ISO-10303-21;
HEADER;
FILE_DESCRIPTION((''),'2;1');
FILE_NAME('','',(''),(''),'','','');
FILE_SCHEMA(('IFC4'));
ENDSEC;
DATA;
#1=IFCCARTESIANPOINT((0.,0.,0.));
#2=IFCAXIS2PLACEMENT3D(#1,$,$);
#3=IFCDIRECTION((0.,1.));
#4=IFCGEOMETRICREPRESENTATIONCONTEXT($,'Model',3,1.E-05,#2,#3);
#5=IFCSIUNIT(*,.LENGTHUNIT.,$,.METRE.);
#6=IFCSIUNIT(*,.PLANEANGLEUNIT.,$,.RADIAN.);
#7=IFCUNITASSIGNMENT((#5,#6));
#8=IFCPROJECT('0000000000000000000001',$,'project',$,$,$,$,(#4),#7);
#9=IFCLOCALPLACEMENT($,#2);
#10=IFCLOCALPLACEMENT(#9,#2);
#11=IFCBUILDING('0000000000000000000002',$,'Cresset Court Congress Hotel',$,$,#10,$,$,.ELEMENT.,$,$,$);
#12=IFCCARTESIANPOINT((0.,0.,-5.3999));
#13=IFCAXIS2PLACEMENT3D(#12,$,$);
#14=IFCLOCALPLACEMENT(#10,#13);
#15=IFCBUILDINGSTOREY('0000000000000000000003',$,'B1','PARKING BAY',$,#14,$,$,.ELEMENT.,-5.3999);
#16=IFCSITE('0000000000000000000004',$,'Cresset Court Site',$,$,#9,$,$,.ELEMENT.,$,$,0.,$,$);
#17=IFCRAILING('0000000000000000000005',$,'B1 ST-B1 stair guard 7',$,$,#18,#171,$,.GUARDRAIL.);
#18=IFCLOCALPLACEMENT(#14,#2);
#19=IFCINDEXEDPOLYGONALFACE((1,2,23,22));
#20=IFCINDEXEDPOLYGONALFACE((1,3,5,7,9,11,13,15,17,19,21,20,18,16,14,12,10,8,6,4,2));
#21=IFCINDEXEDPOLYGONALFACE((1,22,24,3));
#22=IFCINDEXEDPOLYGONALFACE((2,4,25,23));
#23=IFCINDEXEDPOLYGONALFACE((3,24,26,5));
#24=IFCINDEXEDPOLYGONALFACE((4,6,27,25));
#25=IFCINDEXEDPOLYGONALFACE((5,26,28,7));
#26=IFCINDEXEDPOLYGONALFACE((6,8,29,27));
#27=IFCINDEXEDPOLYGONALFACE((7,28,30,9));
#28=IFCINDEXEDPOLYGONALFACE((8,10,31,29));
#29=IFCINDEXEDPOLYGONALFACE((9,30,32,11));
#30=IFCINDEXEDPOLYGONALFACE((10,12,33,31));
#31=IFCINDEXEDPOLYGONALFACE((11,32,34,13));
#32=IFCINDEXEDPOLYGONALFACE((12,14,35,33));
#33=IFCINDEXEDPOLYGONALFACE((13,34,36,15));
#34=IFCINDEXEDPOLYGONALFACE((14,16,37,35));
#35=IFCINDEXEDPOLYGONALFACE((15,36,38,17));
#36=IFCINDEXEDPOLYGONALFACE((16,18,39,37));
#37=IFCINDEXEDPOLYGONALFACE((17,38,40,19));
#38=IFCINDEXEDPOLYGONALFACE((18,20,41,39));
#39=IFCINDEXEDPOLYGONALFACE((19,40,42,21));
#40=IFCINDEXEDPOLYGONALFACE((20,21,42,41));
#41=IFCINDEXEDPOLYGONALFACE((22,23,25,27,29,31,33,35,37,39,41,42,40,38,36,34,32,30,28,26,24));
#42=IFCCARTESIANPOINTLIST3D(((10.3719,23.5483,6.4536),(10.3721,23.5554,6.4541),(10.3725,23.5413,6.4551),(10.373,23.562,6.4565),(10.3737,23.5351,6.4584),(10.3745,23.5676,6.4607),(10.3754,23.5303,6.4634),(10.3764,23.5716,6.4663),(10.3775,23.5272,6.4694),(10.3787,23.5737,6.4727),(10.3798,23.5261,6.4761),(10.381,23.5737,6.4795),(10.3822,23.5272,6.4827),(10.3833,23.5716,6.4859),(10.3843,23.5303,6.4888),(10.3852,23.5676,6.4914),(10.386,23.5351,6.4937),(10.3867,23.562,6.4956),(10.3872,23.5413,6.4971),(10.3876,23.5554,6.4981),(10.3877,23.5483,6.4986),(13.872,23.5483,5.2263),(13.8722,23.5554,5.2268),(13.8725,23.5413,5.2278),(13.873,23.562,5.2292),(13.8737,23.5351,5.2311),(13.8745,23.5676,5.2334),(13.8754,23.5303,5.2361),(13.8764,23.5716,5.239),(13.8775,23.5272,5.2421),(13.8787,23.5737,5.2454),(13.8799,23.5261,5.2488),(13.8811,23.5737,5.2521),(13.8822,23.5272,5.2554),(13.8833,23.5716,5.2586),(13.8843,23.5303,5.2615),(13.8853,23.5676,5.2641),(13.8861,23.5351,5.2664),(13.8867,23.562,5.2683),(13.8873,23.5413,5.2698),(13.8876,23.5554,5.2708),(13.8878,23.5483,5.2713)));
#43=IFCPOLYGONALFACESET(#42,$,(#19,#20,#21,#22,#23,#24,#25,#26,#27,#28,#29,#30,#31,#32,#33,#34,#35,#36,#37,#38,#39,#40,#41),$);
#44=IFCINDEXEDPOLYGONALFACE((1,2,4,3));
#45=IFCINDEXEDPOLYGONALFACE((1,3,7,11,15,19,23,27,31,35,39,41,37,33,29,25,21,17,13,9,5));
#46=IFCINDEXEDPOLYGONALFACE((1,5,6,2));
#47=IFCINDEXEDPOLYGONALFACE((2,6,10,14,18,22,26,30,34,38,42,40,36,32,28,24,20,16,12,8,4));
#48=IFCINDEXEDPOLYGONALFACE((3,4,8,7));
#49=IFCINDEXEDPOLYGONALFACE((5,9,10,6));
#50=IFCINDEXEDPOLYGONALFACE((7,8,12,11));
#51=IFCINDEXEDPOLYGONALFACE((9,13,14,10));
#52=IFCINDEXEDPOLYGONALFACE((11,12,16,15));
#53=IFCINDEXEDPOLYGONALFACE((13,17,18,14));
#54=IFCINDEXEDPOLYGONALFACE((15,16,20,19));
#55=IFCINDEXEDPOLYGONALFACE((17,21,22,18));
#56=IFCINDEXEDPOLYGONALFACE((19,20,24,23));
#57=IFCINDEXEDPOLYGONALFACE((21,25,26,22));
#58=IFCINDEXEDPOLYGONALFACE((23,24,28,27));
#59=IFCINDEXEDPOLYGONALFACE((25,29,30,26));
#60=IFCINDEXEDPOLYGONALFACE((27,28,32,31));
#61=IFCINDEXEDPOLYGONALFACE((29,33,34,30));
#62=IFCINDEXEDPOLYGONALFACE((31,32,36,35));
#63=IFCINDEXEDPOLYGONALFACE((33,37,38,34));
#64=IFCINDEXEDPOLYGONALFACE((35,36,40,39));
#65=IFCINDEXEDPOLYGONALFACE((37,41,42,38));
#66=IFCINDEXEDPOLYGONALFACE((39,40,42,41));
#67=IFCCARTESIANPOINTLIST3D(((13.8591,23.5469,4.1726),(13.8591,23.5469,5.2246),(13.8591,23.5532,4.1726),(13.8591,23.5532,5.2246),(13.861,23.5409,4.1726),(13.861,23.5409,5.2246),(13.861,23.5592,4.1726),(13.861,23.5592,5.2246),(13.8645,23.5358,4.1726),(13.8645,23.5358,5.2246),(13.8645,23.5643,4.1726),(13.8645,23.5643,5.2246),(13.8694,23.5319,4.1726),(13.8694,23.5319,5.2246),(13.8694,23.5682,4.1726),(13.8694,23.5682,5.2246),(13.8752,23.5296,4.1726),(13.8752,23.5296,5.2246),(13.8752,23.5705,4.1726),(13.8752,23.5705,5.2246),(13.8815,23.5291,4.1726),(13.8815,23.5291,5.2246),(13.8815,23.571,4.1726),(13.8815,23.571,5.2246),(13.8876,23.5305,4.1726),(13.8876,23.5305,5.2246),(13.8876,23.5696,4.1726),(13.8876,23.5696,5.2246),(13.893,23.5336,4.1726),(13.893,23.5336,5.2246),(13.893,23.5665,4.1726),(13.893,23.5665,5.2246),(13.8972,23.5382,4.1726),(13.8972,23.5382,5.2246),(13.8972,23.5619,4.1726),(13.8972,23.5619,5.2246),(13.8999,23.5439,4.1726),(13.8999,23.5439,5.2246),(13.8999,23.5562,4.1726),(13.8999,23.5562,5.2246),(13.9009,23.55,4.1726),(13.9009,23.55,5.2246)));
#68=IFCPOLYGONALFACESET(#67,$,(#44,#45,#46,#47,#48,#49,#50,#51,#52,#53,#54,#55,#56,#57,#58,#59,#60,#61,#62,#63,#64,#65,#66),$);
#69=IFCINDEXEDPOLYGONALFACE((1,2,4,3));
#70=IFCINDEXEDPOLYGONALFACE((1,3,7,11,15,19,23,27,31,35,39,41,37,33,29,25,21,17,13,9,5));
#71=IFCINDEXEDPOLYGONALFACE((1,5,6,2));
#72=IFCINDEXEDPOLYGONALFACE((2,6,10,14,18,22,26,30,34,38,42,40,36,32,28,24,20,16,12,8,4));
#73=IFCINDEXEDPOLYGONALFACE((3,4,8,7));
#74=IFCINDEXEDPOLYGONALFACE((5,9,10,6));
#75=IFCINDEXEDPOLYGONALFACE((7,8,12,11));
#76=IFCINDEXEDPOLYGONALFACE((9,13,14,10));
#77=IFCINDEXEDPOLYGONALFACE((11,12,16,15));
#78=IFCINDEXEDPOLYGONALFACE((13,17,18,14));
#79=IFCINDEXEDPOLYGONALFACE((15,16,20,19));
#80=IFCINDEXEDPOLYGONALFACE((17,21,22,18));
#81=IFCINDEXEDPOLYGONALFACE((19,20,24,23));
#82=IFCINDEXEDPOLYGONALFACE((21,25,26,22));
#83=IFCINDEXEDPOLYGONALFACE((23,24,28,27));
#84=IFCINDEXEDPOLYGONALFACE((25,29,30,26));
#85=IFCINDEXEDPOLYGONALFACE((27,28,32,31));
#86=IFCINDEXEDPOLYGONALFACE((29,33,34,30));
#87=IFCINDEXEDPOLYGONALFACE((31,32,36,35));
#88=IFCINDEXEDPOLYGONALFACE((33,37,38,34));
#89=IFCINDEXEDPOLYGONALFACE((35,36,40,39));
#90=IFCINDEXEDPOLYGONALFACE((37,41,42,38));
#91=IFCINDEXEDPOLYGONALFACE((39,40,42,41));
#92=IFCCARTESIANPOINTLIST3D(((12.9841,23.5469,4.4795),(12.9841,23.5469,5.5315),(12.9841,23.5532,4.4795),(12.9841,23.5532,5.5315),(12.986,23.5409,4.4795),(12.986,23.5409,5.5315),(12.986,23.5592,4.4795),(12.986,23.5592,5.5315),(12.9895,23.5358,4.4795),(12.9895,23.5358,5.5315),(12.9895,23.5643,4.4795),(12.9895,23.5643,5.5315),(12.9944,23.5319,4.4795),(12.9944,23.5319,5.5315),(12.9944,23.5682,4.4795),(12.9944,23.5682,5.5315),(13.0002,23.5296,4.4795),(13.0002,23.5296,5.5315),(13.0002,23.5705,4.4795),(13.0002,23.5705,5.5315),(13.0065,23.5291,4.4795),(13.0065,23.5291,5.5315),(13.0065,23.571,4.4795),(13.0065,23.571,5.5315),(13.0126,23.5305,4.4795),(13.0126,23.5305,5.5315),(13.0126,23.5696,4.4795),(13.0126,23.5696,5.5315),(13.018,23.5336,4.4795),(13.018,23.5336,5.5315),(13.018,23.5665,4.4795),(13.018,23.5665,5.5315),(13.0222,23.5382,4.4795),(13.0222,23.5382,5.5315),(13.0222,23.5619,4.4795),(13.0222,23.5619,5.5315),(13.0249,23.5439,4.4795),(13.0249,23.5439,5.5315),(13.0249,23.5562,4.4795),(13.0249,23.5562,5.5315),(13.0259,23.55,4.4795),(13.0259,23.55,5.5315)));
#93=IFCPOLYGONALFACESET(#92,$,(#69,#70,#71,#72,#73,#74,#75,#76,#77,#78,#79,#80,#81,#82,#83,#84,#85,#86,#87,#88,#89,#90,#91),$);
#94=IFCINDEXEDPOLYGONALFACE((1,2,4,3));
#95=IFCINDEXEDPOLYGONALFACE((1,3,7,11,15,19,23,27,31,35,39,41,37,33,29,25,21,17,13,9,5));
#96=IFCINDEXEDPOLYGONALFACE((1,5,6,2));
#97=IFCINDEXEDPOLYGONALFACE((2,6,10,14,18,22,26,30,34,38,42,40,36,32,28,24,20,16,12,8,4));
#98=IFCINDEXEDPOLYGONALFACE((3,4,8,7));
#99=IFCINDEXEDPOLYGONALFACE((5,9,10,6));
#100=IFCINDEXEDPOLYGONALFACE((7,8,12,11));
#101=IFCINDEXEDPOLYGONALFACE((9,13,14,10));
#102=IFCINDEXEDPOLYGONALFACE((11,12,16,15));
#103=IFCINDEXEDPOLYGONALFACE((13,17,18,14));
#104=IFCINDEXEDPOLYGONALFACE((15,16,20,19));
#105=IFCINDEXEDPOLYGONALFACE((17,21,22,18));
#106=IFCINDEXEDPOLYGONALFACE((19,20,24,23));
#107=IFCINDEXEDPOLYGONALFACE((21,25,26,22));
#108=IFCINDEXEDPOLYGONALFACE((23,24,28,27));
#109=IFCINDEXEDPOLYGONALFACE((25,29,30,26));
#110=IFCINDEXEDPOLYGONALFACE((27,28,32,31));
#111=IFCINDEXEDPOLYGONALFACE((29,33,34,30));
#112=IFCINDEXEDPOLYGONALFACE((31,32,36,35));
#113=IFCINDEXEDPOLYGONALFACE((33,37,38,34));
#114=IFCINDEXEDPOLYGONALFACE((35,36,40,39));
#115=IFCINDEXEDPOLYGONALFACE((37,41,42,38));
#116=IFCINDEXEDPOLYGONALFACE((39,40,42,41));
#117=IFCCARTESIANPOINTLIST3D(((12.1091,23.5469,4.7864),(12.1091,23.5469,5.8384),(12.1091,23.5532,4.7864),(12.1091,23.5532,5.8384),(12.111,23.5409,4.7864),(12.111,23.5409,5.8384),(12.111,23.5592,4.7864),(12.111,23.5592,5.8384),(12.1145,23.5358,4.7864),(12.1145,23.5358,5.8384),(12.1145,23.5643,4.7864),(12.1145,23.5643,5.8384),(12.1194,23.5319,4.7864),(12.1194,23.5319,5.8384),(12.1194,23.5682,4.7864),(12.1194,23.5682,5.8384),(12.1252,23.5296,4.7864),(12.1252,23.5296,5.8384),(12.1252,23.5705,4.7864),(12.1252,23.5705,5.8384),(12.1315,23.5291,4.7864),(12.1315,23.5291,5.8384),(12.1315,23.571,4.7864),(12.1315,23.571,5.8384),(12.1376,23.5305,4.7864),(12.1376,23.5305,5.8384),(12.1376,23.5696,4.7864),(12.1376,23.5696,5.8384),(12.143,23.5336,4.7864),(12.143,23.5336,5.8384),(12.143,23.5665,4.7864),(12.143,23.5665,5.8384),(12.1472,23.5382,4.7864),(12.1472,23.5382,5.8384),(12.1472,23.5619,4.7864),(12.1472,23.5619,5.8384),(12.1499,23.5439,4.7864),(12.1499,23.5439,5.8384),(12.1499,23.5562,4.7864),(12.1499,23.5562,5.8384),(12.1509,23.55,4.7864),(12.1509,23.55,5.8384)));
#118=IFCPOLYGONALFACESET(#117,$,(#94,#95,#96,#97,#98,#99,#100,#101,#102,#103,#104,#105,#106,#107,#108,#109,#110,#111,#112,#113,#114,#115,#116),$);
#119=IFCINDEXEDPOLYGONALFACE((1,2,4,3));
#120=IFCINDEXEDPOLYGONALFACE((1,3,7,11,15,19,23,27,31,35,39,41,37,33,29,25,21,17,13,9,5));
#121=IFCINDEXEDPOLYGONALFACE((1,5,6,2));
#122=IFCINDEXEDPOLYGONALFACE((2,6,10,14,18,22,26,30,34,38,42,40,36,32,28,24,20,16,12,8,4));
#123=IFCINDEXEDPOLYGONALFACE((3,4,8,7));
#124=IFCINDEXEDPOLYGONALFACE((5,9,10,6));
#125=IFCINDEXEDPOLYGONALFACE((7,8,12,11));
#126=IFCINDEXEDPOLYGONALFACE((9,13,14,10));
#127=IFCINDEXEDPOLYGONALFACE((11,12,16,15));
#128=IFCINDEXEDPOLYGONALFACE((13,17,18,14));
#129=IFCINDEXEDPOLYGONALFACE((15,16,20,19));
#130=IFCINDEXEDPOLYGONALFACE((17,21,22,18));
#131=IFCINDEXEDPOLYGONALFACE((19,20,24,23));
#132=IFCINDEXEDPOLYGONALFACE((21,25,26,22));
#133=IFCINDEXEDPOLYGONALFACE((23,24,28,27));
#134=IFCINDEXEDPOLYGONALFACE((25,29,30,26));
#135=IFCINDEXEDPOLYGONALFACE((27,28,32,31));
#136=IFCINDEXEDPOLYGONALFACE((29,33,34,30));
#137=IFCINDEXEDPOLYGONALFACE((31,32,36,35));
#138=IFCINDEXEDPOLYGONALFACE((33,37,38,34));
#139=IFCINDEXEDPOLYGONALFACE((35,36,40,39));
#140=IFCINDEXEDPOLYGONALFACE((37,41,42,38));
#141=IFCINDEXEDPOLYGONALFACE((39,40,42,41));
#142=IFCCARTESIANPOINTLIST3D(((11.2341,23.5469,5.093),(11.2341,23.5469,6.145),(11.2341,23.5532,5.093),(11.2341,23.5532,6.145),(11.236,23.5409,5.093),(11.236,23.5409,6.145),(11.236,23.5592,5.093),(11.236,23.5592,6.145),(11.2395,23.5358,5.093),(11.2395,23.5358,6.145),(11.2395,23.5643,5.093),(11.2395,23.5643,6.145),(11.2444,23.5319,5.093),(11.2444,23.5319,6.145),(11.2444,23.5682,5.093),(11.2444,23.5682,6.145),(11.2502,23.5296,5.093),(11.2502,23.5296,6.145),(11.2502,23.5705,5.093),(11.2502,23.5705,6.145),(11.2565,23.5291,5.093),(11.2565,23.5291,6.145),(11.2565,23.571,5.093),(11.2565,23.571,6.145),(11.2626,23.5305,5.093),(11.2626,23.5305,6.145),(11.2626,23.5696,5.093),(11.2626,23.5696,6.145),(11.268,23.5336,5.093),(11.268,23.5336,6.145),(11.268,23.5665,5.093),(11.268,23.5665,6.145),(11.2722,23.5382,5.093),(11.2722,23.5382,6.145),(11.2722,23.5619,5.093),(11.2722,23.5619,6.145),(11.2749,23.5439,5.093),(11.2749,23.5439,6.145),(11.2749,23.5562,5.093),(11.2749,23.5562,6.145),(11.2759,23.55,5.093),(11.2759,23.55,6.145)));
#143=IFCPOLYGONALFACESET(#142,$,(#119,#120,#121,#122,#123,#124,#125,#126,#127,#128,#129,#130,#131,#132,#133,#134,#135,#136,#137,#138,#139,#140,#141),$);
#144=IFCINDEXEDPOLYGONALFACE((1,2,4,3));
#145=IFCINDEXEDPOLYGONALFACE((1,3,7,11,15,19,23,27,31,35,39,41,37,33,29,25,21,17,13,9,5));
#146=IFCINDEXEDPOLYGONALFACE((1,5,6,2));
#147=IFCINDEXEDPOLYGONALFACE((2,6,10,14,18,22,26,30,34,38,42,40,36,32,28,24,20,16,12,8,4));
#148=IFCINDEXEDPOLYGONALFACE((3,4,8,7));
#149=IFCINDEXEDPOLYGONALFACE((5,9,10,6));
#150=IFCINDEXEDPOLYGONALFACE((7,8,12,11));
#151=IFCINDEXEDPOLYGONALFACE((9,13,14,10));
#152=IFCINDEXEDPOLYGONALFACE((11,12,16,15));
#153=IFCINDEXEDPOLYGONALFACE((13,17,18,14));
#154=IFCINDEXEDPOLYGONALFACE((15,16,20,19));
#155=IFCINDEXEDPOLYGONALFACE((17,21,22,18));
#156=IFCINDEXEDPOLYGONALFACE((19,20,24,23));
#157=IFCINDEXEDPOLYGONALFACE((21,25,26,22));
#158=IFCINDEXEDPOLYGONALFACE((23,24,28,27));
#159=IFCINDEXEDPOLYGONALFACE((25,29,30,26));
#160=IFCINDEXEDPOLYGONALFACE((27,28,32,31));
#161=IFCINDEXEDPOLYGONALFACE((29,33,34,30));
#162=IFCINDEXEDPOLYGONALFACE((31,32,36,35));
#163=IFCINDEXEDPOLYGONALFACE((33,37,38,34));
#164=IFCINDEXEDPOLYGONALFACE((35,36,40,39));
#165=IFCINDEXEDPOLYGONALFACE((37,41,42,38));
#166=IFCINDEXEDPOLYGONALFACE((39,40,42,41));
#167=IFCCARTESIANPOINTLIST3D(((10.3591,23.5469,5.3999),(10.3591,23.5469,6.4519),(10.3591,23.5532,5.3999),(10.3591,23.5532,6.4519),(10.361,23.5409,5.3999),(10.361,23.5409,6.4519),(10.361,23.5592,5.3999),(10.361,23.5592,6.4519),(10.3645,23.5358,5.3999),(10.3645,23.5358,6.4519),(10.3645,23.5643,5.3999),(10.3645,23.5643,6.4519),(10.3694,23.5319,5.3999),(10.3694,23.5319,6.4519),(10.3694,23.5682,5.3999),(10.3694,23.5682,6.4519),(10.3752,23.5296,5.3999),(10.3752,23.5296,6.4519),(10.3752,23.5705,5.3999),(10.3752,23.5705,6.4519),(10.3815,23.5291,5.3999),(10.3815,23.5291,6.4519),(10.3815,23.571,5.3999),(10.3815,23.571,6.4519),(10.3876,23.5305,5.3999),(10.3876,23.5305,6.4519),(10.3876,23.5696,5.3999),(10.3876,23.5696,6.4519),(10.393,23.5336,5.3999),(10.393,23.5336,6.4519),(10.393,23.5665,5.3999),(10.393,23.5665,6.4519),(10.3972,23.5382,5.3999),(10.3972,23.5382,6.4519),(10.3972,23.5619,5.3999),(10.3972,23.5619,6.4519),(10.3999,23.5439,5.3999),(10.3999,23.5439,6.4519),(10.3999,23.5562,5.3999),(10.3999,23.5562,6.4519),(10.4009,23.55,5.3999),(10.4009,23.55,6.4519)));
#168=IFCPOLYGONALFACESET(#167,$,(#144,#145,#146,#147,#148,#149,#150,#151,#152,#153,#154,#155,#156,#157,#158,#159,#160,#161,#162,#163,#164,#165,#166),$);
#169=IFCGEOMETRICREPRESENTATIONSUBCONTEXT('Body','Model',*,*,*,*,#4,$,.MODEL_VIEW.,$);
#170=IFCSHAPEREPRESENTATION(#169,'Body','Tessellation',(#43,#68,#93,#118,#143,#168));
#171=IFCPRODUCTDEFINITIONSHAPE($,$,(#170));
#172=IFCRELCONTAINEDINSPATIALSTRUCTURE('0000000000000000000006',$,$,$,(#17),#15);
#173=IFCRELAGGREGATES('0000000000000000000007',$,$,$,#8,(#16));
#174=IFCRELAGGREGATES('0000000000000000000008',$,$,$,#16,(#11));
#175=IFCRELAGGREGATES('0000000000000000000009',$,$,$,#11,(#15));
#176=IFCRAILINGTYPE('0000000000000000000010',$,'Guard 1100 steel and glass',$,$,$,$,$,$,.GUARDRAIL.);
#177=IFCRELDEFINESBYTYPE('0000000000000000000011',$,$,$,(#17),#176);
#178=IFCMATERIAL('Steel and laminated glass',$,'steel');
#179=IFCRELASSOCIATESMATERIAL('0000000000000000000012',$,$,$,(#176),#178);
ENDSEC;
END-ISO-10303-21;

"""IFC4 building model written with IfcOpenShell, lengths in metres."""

from ifc_helpers import new_model, si_unit, direction, frame, origin, origin_2d, place, context, subcontext, project, spatial, circle, extrude, material, type_object, element, save


model = new_model("IFC4")

# Units and contexts
model_context = context("Model", 3, precision=1e-05, world=origin(), true_north=direction((0.0, 1.0)))
body_context = subcontext(model_context, "Body", "Model", "MODEL_VIEW")
ifc_project = project(units=[si_unit("LENGTHUNIT", "METRE"), si_unit("PLANEANGLEUNIT", "RADIAN")], contexts=[model_context])

# Site, building, storey
site_placement = place(None, origin())
site = spatial("IfcSite", under=ifc_project, at=site_placement, Name="Cresset Court Site", CompositionType="ELEMENT", RefElevation=0.0)
building_placement = place(site_placement, origin())
building = spatial("IfcBuilding", under=site, at=building_placement, Name="Cresset Court Congress Hotel", CompositionType="ELEMENT")
storey_placement = place(building_placement, frame((0.0, 0.0, -5.3999)))
storey = spatial("IfcBuildingStorey", under=building, at=storey_placement, Name="B1", Description="PARKING BAY", CompositionType="ELEMENT", Elevation=-5.3999)

# Railing
ifc_material_1 = material(Name="Steel and laminated glass", Category="steel")
railing_type_1 = type_object("IfcRailingType", Name="Guard 1100 steel and glass", PredefinedType="GUARDRAIL", material=ifc_material_1)
railing_1_placement = place(storey_placement, frame((13.8799, 23.55, 4.1726)))
element("IfcRailing", 1, at=railing_1_placement, inside=storey, type_object=railing_type_1, Name="B1 ST-B1 stair guard 7", PredefinedType="GUARDRAIL", context=body_context, shape_type="SweptSolid", body=[
    extrude(circle(Radius=0.0239, at=origin_2d()), frame((0.0, 0.0, 1.0762), z_axis=(-0.943665, 0.0, 0.330902), x_axis=(0.0, -1.0, 0.0)), (0.0, 0.0, 1.0), 3.709),
    extrude(circle(Radius=0.021, at=origin_2d()), origin(), (0.0, 0.0, 1.0), 1.052),
    extrude(circle(Radius=0.021, at=origin_2d()), frame((-0.875, 0.0, 0.3069)), (0.0, 0.0, 1.0), 1.052),
    extrude(circle(Radius=0.021, at=origin_2d()), frame((-1.75, 0.0, 0.6138)), (0.0, 0.0, 1.0), 1.052),
    extrude(circle(Radius=0.021, at=origin_2d()), frame((-2.625, 0.0, 0.9204)), (0.0, 0.0, 1.0), 1.052),
    extrude(circle(Radius=0.021, at=origin_2d()), frame((-3.5, 0.0, 1.2273)), (0.0, 0.0, 1.0), 1.052),
])

save(model, "model.ifc")
